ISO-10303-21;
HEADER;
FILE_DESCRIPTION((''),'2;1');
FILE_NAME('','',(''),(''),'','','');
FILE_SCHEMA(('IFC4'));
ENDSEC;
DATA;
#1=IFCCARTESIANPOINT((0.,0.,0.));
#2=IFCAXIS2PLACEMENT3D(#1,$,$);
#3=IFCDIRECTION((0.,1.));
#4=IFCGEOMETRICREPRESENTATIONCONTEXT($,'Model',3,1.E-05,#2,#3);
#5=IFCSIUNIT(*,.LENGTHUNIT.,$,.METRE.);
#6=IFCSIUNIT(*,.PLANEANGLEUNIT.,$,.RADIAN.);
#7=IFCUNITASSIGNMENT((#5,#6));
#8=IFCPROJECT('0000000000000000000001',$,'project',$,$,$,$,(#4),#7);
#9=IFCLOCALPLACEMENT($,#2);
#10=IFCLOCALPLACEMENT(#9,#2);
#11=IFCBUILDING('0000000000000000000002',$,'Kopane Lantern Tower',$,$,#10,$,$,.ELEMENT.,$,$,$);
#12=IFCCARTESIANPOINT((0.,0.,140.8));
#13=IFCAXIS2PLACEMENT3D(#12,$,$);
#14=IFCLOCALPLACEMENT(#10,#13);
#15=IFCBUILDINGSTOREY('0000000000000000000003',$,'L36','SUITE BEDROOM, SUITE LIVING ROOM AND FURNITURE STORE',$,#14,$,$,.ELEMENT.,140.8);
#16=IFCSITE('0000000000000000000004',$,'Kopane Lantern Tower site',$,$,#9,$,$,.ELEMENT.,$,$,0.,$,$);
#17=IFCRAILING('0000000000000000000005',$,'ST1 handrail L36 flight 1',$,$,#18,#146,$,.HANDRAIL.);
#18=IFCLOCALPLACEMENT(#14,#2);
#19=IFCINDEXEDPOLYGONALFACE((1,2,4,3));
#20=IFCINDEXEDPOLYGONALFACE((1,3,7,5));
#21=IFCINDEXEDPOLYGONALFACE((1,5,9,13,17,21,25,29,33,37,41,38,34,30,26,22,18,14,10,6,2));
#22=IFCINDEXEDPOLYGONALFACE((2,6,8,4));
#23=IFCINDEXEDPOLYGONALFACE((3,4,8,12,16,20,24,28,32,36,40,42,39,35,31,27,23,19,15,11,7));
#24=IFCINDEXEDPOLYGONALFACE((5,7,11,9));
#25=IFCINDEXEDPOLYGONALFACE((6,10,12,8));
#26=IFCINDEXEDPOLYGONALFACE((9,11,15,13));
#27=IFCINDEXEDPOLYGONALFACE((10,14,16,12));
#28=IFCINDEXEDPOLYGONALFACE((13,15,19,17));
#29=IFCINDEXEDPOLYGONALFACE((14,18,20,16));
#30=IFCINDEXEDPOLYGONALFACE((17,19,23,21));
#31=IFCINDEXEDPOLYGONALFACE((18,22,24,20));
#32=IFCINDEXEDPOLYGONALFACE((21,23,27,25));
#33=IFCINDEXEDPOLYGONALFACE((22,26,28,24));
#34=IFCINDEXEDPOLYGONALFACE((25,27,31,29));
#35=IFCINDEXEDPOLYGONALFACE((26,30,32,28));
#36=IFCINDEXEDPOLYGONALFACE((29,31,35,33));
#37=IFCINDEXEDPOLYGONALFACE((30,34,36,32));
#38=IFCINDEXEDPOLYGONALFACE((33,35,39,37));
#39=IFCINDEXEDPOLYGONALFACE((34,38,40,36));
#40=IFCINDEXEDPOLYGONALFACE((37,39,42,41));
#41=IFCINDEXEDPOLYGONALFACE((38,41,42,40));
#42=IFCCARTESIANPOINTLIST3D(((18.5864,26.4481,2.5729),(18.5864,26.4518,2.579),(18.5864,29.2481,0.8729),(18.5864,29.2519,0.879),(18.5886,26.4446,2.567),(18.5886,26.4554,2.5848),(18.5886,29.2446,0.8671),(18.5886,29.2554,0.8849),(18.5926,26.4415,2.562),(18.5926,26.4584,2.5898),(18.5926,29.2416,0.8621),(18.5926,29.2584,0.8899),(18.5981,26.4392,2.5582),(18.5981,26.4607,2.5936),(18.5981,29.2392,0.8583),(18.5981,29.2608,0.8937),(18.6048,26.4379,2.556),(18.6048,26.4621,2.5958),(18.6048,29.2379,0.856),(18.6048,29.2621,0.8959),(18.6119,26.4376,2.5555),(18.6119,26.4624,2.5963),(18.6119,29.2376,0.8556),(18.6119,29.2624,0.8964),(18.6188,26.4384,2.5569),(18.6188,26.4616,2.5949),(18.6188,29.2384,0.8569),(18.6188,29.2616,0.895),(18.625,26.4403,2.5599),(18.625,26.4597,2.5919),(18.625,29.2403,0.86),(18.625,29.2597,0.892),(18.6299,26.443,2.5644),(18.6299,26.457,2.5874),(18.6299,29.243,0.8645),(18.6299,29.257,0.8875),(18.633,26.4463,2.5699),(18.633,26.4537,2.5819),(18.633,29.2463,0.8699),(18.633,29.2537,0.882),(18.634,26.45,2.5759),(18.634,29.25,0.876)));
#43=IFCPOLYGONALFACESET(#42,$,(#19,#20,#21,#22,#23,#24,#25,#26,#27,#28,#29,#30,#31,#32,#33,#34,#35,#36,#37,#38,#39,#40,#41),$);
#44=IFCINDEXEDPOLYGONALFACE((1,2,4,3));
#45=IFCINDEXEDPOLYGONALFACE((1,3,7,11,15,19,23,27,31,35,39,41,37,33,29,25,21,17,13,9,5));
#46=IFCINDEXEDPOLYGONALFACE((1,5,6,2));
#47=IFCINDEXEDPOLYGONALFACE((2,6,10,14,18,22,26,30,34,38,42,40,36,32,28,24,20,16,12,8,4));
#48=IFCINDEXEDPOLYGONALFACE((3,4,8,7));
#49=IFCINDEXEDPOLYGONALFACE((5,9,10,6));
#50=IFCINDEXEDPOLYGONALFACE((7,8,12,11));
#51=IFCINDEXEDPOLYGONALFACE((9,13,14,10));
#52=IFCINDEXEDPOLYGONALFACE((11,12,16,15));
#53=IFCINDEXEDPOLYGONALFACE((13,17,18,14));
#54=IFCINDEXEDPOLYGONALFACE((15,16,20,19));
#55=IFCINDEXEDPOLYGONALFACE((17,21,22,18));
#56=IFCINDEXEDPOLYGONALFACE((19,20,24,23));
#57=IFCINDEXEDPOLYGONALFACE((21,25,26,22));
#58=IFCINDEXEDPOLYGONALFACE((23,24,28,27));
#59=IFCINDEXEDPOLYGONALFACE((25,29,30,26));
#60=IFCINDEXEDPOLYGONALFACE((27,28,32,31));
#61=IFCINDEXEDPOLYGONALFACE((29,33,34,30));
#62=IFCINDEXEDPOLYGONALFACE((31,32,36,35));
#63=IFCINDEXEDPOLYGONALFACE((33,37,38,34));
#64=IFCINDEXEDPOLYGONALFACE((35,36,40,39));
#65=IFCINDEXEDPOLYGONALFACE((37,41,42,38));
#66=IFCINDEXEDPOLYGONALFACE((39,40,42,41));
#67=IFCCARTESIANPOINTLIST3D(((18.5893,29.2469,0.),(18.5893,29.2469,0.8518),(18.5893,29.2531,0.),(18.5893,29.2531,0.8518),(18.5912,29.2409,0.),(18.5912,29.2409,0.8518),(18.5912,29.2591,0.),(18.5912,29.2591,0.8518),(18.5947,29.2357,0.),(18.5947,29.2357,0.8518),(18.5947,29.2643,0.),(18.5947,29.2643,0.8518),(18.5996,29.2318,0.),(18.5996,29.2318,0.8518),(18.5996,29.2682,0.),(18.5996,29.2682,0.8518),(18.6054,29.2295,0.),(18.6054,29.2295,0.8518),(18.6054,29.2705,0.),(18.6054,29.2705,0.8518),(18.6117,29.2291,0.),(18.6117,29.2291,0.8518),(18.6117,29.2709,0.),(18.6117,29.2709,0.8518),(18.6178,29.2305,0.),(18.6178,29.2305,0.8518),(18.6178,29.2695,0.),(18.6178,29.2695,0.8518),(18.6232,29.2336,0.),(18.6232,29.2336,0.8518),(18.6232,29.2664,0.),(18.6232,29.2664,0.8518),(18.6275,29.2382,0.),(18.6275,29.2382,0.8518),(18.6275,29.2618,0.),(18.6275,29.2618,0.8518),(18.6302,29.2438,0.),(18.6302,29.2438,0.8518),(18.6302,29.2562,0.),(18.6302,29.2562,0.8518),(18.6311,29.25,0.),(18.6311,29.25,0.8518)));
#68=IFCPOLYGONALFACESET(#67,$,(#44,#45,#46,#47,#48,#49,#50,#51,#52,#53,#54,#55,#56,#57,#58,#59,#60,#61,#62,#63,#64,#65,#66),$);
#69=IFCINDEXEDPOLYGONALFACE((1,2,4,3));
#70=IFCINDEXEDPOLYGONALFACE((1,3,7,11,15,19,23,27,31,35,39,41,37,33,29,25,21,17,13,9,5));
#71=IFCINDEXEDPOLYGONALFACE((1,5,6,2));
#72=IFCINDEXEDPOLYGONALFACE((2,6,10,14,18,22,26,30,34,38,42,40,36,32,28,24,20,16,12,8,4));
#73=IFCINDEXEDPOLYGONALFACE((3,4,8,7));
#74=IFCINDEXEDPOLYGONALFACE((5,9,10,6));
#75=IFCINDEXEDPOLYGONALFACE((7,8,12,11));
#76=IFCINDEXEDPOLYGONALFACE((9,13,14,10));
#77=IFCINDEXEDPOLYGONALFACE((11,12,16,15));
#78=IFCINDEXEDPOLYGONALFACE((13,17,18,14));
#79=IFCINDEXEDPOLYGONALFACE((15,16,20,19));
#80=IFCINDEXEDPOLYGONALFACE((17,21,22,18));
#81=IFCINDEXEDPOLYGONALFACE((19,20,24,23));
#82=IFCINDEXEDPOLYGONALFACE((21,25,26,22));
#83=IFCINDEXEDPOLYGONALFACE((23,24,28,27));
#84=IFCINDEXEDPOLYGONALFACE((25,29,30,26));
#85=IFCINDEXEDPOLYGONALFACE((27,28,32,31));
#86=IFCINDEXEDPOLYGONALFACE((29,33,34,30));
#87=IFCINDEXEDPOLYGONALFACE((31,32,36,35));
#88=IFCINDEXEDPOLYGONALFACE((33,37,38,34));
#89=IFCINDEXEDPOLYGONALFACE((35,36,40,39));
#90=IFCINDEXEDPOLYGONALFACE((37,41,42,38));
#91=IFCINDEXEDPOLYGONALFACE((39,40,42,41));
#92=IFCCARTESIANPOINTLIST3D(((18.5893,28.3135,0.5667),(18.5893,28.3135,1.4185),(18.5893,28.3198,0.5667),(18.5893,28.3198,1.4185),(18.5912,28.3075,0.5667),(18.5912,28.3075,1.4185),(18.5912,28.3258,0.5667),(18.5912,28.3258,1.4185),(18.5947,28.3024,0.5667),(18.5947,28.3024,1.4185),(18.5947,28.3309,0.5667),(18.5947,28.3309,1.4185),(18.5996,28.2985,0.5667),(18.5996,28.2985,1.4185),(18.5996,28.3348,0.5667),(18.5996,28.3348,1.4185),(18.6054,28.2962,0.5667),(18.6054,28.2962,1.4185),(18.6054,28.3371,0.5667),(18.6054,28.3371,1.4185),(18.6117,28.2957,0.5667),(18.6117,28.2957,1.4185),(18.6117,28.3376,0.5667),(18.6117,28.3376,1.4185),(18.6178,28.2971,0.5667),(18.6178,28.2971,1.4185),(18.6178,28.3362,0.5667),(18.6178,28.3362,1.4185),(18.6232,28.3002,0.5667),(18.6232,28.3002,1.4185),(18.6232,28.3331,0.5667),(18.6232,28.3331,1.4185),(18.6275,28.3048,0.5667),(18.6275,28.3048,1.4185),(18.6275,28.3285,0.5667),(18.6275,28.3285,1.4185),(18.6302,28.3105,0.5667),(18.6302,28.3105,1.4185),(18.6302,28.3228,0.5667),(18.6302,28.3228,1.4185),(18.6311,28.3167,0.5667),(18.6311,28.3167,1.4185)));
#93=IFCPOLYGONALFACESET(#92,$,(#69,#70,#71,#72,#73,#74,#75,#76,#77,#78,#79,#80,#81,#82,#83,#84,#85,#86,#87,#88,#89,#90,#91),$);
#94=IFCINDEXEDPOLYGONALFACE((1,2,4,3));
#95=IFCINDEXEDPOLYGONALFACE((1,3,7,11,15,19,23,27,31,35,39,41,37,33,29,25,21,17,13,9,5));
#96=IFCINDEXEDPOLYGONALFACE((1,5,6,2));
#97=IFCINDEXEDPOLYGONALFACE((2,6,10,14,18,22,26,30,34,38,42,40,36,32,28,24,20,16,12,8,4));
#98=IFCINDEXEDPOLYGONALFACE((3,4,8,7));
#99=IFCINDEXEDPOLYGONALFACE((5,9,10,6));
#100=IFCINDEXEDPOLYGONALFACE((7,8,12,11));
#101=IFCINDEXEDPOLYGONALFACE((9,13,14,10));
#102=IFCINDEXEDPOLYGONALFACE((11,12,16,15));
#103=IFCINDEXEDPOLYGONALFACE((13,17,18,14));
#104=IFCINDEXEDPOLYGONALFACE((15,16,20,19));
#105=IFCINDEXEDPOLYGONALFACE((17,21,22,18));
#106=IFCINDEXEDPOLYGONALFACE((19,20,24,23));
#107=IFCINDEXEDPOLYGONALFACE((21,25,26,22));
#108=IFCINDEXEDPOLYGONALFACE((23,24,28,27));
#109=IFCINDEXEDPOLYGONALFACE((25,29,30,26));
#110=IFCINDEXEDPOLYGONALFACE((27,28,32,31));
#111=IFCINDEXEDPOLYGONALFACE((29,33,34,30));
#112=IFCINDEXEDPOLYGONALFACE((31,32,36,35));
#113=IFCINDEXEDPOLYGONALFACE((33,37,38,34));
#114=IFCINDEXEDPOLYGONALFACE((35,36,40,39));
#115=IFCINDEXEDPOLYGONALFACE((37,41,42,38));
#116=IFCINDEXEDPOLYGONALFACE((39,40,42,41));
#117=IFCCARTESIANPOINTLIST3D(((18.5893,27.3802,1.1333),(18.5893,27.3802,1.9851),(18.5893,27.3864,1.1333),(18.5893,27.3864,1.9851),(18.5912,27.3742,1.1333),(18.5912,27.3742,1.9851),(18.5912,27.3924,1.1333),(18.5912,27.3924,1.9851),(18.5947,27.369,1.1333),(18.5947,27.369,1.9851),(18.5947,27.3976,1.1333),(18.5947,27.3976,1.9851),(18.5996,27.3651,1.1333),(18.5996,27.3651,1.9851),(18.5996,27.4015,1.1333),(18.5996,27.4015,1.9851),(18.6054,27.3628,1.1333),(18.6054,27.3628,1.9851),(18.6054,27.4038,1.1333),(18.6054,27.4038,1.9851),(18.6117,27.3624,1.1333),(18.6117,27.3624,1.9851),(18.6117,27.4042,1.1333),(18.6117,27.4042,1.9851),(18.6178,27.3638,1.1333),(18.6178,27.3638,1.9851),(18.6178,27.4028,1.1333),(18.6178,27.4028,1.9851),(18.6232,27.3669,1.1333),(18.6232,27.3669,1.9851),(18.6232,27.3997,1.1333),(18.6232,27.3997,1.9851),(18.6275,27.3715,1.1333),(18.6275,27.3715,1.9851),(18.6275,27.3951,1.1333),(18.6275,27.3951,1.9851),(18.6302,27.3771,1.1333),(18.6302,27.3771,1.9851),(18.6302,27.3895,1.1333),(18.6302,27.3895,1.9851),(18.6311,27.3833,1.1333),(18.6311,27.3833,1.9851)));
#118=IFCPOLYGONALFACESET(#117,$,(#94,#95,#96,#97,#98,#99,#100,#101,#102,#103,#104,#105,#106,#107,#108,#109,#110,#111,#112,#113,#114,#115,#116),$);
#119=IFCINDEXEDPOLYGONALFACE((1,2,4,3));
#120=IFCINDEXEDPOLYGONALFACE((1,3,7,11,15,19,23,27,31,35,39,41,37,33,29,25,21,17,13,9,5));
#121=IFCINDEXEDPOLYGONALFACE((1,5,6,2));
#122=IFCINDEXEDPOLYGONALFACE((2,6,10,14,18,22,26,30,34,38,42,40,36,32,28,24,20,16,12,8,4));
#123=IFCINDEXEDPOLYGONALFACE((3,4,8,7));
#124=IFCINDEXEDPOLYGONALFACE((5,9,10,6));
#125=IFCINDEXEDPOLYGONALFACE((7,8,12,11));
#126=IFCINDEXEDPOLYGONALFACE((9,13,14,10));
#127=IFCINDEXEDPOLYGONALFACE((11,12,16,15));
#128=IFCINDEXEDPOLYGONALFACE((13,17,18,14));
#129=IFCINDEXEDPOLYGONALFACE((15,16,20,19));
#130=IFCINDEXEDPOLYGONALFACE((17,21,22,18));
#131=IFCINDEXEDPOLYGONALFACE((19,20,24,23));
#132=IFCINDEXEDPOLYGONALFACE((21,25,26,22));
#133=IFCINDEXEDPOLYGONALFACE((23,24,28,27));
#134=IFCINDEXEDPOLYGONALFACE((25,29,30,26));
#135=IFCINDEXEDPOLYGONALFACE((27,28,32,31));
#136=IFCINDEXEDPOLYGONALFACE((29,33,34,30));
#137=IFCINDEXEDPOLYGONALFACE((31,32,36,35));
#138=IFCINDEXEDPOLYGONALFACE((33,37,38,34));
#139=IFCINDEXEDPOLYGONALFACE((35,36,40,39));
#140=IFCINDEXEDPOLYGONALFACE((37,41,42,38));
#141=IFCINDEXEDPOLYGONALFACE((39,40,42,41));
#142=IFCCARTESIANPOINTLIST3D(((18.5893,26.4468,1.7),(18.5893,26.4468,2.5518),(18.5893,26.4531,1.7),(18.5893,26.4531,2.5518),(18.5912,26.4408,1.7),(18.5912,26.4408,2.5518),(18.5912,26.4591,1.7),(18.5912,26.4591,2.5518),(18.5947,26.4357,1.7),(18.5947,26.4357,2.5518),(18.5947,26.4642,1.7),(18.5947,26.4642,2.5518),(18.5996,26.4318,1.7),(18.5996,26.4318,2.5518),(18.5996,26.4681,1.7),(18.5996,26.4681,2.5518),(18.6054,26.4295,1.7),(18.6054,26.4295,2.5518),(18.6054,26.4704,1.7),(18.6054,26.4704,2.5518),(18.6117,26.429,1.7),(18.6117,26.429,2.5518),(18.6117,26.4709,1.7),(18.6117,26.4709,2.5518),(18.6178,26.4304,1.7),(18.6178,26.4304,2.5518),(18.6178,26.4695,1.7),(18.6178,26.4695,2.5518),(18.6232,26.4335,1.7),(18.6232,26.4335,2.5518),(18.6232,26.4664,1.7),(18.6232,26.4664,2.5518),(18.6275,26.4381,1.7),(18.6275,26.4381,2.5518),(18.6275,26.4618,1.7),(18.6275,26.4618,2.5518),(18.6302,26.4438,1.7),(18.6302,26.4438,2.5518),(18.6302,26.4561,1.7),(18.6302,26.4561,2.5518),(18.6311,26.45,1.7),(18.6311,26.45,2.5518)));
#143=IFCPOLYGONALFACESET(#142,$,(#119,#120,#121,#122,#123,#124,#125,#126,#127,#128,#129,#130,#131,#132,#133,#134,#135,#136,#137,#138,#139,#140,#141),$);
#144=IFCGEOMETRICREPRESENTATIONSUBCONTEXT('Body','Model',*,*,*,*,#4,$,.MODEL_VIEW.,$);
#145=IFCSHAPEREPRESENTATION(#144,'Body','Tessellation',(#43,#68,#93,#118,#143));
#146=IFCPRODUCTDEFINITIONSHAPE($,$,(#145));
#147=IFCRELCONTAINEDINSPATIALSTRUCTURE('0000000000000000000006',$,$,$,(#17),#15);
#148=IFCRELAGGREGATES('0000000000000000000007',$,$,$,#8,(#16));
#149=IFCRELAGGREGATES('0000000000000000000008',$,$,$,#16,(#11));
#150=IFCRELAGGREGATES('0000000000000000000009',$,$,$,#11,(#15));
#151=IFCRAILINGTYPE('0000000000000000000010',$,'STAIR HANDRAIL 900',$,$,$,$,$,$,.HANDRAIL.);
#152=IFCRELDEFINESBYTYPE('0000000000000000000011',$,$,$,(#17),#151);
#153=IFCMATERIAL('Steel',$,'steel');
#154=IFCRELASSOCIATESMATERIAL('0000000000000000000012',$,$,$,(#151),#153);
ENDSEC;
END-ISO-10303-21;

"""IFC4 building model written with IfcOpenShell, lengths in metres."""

from ifc_helpers import new_model, si_unit, direction, frame, origin, origin_2d, place, context, subcontext, project, spatial, circle, extrude, material, type_object, element, save


model = new_model("IFC4")

# Units and contexts
model_context = context("Model", 3, precision=1e-05, world=origin(), true_north=direction((0.0, 1.0)))
body_context = subcontext(model_context, "Body", "Model", "MODEL_VIEW")
ifc_project = project(units=[si_unit("LENGTHUNIT", "METRE"), si_unit("PLANEANGLEUNIT", "RADIAN")], contexts=[model_context])

# Site, building, storey
site_placement = place(None, origin())
site = spatial("IfcSite", under=ifc_project, at=site_placement, Name="Kopane Lantern Tower site", CompositionType="ELEMENT", RefElevation=0.0)
building_placement = place(site_placement, origin())
building = spatial("IfcBuilding", under=site, at=building_placement, Name="Kopane Lantern Tower", CompositionType="ELEMENT")
storey_placement = place(building_placement, frame((0.0, 0.0, 140.8)))
storey = spatial("IfcBuildingStorey", under=building, at=storey_placement, Name="L36", Description="SUITE BEDROOM, SUITE LIVING ROOM AND FURNITURE STORE", CompositionType="ELEMENT", Elevation=140.8)

# Railing
ifc_material_1 = material(Name="Steel", Category="steel")
railing_type = type_object("IfcRailingType", Name="STAIR HANDRAIL 900", PredefinedType="HANDRAIL", material=ifc_material_1)
for number, where, name in (
    (1, (18.6101, 29.25, 0.0), "ST1 handrail L36 flight 1"),
):
    element("IfcRailing", number, at=place(storey_placement, frame(where)), inside=storey, type_object=railing_type, Name=name, PredefinedType="HANDRAIL", context=body_context, shape_type="SweptSolid", body=[
        extrude(circle(Radius=0.0239, at=origin_2d()), frame((0.0, 0.0, 0.876), z_axis=(0.0, -0.854798, 0.518961), x_axis=(1.0, 0.0, 0.0)), (0.0, 0.0, 1.0), 3.2756),
        extrude(circle(Radius=0.021, at=origin_2d()), origin(), (0.0, 0.0, 1.0), 0.8518),
        extrude(circle(Radius=0.021, at=origin_2d()), frame((0.0, -0.9333, 0.5667)), (0.0, 0.0, 1.0), 0.8518),
        extrude(circle(Radius=0.021, at=origin_2d()), frame((0.0, -1.8667, 1.1333)), (0.0, 0.0, 1.0), 0.8518),
        extrude(circle(Radius=0.021, at=origin_2d()), frame((0.0, -2.8, 1.7)), (0.0, 0.0, 1.0), 0.8518),
    ])

save(model, "model.ifc")
